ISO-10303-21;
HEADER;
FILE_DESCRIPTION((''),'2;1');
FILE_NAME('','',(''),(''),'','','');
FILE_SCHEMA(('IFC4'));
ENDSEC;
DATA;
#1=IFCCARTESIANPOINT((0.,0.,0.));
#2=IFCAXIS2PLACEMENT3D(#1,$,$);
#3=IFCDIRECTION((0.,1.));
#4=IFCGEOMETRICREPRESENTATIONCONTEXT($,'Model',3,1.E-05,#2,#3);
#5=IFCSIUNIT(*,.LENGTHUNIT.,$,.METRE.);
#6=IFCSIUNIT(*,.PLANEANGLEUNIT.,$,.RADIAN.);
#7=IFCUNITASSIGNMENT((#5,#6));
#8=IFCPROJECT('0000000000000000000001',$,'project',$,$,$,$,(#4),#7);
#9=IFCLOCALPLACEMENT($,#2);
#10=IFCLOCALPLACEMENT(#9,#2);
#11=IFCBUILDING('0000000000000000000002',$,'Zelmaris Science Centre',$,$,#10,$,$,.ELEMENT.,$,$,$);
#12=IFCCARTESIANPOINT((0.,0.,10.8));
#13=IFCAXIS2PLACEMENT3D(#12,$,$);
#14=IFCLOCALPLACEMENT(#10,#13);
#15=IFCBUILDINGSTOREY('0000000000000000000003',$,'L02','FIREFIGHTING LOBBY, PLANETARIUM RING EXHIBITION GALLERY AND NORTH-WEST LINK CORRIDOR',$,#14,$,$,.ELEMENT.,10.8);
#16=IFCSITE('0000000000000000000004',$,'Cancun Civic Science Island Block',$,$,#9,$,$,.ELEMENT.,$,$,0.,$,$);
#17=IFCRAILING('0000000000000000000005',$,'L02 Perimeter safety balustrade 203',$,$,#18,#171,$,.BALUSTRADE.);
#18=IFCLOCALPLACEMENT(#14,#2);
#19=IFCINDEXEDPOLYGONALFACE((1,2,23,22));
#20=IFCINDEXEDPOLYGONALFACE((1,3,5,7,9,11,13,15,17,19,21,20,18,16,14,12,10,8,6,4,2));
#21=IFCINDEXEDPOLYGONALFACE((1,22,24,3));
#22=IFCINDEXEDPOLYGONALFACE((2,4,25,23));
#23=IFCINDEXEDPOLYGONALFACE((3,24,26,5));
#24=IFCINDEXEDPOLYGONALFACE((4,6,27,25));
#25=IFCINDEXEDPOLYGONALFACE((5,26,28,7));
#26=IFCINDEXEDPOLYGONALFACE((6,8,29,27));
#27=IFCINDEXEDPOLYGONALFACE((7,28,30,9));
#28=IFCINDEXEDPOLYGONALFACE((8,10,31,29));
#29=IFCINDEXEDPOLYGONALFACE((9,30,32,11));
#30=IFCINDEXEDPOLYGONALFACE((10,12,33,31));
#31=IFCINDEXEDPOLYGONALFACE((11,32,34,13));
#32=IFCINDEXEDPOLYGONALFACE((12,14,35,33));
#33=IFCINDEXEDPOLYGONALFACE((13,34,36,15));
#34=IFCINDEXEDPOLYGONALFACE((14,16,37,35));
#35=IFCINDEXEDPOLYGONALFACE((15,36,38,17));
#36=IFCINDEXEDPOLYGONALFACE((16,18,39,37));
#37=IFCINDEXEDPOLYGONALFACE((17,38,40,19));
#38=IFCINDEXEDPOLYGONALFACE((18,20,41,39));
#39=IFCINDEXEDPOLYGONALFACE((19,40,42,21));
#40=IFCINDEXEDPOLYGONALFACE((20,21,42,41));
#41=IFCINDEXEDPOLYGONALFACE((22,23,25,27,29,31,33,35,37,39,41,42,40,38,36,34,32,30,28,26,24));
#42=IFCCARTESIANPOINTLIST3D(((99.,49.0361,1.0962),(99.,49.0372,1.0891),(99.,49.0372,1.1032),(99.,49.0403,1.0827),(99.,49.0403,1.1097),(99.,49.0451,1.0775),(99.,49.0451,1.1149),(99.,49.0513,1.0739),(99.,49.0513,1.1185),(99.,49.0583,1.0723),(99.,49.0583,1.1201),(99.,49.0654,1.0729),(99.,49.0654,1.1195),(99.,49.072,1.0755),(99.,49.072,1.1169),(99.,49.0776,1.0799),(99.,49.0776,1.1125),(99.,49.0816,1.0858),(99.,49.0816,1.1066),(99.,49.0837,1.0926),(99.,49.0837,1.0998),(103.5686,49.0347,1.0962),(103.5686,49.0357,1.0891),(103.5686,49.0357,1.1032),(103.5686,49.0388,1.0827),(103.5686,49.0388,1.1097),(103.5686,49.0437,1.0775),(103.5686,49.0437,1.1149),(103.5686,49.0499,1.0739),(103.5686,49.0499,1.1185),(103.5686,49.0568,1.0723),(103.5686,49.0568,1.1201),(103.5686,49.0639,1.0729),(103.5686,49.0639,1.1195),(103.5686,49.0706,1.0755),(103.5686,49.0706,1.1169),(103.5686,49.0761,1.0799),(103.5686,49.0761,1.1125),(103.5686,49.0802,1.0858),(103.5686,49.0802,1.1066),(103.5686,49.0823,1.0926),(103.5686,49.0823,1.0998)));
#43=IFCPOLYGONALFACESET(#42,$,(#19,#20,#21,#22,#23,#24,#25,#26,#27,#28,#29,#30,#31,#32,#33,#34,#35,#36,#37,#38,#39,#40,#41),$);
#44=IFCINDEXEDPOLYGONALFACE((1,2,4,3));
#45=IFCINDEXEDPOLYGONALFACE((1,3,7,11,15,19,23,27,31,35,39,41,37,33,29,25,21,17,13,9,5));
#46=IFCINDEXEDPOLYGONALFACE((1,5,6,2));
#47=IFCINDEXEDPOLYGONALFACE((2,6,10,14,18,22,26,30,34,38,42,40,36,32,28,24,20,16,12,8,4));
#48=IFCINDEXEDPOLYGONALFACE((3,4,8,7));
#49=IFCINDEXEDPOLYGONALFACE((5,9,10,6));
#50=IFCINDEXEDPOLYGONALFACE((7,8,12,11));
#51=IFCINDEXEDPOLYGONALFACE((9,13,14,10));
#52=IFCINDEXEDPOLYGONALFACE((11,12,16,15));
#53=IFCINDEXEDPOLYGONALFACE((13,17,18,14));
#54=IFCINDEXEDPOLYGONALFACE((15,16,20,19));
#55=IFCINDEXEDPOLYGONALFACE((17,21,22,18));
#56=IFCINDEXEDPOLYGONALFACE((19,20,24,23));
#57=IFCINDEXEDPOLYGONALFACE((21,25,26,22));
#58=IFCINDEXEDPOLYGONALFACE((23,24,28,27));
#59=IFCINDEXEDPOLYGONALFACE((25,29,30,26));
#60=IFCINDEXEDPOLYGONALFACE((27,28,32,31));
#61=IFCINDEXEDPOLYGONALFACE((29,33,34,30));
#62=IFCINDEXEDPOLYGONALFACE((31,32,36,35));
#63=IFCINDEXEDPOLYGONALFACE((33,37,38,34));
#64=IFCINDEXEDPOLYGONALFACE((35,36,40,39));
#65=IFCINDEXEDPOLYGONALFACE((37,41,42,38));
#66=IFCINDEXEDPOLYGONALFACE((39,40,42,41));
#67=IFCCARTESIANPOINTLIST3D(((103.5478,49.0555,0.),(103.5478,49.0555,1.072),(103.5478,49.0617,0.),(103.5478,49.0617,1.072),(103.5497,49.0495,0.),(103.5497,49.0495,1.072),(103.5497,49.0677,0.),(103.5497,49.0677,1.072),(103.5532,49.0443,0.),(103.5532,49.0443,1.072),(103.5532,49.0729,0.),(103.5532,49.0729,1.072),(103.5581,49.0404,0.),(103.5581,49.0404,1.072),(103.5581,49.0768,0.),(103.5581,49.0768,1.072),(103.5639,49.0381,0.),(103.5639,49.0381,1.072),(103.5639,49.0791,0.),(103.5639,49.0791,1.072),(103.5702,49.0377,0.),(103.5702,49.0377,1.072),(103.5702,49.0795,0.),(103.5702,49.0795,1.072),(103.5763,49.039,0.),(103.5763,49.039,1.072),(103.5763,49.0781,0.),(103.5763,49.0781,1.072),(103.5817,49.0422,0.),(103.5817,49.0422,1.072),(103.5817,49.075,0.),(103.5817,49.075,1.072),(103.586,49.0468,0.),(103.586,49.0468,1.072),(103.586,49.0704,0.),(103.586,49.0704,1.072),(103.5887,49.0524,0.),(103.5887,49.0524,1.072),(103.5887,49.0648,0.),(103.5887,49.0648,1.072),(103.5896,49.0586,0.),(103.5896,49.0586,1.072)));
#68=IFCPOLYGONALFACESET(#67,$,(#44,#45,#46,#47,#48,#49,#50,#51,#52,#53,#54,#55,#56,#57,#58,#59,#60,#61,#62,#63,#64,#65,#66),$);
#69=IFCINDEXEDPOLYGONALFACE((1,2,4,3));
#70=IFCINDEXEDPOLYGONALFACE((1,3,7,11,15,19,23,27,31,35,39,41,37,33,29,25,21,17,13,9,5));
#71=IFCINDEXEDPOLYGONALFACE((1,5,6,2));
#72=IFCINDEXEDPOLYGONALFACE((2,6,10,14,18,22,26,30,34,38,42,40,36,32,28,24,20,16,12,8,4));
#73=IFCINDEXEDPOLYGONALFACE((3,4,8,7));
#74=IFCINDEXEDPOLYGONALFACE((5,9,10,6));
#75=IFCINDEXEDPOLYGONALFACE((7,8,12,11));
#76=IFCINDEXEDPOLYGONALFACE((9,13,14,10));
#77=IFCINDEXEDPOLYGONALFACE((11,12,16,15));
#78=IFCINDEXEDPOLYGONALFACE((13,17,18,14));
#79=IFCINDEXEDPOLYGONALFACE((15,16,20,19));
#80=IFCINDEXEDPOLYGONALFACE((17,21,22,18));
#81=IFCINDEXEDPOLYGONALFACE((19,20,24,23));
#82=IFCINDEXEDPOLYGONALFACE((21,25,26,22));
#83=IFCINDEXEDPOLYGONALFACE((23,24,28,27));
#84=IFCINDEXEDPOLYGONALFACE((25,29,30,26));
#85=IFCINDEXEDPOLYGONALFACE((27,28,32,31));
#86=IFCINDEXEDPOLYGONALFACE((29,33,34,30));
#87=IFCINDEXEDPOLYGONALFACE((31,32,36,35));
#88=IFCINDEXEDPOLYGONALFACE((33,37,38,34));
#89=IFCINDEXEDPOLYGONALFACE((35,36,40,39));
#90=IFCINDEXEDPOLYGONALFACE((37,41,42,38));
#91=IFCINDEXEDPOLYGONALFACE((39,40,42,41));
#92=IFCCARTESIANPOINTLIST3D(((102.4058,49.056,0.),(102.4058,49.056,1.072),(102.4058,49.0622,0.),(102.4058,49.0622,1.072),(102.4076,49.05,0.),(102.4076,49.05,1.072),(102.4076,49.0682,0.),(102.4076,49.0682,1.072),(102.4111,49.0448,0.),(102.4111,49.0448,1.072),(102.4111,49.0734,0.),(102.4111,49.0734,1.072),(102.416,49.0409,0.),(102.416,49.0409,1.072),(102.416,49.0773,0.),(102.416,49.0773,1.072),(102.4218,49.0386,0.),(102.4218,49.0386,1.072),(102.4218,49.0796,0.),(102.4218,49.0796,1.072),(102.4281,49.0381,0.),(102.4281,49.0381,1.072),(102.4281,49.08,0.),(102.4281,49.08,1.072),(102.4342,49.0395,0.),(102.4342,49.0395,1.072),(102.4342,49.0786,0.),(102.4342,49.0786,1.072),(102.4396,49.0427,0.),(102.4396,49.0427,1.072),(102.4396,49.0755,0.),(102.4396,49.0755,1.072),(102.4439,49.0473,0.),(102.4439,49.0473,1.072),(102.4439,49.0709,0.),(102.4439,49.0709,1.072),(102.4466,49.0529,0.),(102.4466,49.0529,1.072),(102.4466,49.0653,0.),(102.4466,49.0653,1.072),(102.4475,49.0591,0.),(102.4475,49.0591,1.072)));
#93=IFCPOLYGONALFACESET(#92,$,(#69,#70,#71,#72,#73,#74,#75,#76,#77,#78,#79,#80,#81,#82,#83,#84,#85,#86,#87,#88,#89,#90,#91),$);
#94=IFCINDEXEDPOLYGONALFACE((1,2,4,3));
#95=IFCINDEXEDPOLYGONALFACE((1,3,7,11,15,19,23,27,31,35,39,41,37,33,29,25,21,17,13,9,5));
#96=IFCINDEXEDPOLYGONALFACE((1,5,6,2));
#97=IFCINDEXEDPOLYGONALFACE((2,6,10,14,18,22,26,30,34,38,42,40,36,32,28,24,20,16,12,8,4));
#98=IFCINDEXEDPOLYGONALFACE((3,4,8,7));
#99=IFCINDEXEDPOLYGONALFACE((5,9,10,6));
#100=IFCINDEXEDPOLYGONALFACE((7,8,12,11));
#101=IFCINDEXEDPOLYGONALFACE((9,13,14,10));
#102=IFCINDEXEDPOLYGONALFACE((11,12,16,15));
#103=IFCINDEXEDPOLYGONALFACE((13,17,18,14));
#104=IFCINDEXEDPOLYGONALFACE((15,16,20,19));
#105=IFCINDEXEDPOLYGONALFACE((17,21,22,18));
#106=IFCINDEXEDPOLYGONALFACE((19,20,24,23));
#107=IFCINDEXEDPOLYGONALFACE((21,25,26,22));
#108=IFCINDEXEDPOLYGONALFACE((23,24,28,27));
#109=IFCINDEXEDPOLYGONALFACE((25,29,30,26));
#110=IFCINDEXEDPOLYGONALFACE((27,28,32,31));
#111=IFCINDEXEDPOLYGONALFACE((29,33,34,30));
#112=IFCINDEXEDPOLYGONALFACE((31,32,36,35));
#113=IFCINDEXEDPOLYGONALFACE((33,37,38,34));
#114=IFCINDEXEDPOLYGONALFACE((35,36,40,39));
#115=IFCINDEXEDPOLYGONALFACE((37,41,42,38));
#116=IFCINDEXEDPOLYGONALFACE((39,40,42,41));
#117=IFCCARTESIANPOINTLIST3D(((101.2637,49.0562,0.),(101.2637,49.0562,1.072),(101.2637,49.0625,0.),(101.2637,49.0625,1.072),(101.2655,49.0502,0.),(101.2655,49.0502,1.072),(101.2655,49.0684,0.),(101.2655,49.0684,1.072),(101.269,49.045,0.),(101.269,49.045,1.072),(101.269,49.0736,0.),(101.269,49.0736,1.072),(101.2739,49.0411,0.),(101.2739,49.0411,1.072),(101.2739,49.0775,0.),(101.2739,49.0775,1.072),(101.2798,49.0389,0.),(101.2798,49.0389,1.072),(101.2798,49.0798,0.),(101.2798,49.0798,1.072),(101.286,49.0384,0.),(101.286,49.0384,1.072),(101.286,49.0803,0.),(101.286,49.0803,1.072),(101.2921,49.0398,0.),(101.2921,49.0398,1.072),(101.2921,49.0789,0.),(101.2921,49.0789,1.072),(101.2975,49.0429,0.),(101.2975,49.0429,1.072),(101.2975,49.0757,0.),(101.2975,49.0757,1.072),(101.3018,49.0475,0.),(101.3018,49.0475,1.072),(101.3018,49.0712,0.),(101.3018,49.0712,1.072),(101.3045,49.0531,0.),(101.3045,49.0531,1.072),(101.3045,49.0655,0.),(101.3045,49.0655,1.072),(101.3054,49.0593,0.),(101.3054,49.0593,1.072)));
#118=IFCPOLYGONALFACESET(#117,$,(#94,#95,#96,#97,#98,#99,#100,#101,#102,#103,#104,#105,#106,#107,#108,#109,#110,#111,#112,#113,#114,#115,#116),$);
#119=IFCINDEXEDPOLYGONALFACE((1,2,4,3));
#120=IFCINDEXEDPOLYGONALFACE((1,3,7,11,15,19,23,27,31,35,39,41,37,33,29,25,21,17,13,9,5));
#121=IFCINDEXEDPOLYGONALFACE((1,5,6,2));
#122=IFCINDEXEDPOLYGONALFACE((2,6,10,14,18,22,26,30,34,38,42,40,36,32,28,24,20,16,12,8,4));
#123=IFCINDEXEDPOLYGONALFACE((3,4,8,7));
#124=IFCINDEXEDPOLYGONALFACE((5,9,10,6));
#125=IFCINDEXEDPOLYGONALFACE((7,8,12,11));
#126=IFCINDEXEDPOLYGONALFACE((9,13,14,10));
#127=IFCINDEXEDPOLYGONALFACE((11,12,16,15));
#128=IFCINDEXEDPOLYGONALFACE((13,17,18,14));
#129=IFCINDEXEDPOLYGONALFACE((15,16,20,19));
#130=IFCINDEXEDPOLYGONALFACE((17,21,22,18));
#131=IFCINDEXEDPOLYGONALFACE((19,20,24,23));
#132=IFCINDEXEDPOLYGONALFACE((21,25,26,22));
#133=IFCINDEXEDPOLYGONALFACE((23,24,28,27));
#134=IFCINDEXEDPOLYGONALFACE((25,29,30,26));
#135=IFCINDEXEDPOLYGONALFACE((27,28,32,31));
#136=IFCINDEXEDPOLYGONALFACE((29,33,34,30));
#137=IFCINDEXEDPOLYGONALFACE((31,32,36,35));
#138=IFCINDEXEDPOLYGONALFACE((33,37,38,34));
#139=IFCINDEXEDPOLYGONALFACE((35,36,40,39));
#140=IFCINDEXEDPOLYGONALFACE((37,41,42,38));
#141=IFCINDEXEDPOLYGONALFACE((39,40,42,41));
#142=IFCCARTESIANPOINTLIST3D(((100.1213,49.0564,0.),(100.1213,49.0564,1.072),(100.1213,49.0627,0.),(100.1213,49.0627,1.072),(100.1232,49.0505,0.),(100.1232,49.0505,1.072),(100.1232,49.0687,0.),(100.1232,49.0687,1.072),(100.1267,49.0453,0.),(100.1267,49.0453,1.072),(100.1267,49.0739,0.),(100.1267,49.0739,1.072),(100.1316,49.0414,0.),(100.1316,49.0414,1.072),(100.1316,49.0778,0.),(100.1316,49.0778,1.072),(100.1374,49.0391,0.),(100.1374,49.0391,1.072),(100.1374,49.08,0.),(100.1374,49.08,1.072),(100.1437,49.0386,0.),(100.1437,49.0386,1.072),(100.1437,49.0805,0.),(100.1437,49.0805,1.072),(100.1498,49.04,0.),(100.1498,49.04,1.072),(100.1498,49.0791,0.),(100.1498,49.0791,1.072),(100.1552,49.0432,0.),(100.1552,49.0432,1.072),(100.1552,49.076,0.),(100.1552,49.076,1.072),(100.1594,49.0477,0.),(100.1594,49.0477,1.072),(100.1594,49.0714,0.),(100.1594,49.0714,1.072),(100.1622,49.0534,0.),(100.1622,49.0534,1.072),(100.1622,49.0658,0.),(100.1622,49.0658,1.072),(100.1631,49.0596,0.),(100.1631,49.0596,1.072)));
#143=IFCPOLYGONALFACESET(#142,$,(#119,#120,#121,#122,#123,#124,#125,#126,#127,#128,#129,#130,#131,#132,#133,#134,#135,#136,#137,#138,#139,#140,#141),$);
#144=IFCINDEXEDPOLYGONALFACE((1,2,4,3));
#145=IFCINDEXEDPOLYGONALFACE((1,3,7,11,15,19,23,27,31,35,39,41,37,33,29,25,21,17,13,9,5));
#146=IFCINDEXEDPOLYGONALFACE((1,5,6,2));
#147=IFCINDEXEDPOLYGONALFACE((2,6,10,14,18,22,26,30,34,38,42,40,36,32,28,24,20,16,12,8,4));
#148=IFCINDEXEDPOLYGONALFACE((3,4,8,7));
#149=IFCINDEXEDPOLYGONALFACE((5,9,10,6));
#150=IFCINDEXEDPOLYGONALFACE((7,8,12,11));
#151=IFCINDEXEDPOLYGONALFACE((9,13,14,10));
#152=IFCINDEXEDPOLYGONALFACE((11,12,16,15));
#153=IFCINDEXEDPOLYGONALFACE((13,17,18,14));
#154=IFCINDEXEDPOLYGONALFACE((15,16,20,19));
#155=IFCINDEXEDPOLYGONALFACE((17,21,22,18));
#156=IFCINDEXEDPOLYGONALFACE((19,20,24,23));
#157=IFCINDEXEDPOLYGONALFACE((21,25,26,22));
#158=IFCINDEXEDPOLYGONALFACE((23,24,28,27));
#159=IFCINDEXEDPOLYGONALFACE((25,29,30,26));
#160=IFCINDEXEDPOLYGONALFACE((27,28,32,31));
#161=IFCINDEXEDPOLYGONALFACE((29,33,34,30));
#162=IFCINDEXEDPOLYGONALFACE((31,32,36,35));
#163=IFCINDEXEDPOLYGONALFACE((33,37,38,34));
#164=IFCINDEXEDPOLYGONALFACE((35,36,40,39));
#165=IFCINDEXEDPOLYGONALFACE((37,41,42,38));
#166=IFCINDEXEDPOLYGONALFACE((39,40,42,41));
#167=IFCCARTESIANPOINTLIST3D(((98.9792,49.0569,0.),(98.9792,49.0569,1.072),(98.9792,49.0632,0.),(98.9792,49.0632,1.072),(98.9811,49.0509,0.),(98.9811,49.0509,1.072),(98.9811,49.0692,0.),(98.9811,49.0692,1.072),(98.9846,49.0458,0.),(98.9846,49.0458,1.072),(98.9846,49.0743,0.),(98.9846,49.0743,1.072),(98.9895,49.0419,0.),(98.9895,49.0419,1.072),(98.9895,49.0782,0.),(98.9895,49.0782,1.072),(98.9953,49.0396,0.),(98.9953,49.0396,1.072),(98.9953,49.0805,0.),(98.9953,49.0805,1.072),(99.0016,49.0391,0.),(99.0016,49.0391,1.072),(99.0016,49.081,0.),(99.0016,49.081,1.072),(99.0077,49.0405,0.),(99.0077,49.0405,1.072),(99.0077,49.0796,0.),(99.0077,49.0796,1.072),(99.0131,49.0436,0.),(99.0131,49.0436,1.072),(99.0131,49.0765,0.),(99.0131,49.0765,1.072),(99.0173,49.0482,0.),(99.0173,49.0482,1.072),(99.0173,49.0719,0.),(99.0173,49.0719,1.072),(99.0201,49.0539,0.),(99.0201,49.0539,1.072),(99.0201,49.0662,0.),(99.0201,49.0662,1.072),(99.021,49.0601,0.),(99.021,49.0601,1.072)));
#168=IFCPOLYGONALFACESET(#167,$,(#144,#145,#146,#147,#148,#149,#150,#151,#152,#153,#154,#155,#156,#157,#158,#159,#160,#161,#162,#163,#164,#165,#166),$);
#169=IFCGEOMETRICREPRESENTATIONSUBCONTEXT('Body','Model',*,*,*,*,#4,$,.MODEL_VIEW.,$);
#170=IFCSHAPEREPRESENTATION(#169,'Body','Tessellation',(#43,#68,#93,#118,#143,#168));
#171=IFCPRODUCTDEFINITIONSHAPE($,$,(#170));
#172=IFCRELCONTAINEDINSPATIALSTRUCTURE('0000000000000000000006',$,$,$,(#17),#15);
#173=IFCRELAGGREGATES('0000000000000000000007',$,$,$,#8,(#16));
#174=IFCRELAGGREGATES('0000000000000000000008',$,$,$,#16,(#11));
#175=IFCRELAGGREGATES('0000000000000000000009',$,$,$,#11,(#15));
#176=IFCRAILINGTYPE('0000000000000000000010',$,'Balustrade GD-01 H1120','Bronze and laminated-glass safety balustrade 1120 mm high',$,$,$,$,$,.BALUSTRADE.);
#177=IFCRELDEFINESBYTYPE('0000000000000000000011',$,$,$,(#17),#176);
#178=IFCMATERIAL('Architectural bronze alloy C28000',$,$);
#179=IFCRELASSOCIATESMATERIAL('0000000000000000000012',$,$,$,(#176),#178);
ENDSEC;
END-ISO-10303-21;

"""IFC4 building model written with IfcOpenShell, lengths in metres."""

from ifc_helpers import new_model, si_unit, direction, frame, origin, origin_2d, place, context, subcontext, project, spatial, circle, extrude, material, type_object, element, save


model = new_model("IFC4")

# Units and contexts
model_context = context("Model", 3, precision=1e-05, world=origin(), true_north=direction((0.0, 1.0)))
body_context = subcontext(model_context, "Body", "Model", "MODEL_VIEW")
ifc_project = project(units=[si_unit("LENGTHUNIT", "METRE"), si_unit("PLANEANGLEUNIT", "RADIAN")], contexts=[model_context])

# Site, building, storey
site_placement = place(None, origin())
site = spatial("IfcSite", under=ifc_project, at=site_placement, Name="Cancun Civic Science Island Block", CompositionType="ELEMENT", RefElevation=0.0)
building_placement = place(site_placement, origin())
building = spatial("IfcBuilding", under=site, at=building_placement, Name="Zelmaris Science Centre", CompositionType="ELEMENT")
storey_placement = place(building_placement, frame((0.0, 0.0, 10.8)))
storey = spatial("IfcBuildingStorey", under=building, at=storey_placement, Name="L02", Description="FIREFIGHTING LOBBY, PLANETARIUM RING EXHIBITION GALLERY AND NORTH-WEST LINK CORRIDOR", CompositionType="ELEMENT", Elevation=10.8)

# Railing
ifc_material_1 = material(Name="Architectural bronze alloy C28000")
railing_type = type_object("IfcRailingType", Name="Balustrade GD-01 H1120", Description="Bronze and laminated-glass safety balustrade 1120 mm high", PredefinedType="BALUSTRADE", material=ifc_material_1)
railing_placement = place(storey_placement, frame((103.5686, 49.0586, 0.0)))
element("IfcRailing", 1, at=railing_placement, inside=storey, type_object=railing_type, Name="L02 Perimeter safety balustrade 203", PredefinedType="BALUSTRADE", context=body_context, shape_type="SweptSolid", body=[
    extrude(circle(Radius=0.0239, at=origin_2d()), frame((0.0, 0.0, 1.0962), z_axis=(-1.0, 0.000321, 0.0), x_axis=(-0.000321, -1.0, 0.0)), (0.0, 0.0, 1.0), 4.5686),
    extrude(circle(Radius=0.021, at=origin_2d()), origin(), (0.0, 0.0, 1.0), 1.072),
    extrude(circle(Radius=0.021, at=origin_2d()), frame((-1.1421, 0.0005, 0.0)), (0.0, 0.0, 1.0), 1.072),
    extrude(circle(Radius=0.021, at=origin_2d()), frame((-2.2842, 0.0007, 0.0)), (0.0, 0.0, 1.0), 1.072),
    extrude(circle(Radius=0.021, at=origin_2d()), frame((-3.4265, 0.001, 0.0)), (0.0, 0.0, 1.0), 1.072),
    extrude(circle(Radius=0.021, at=origin_2d()), frame((-4.5686, 0.0015, 0.0)), (0.0, 0.0, 1.0), 1.072),
])

save(model, "model.ifc")
